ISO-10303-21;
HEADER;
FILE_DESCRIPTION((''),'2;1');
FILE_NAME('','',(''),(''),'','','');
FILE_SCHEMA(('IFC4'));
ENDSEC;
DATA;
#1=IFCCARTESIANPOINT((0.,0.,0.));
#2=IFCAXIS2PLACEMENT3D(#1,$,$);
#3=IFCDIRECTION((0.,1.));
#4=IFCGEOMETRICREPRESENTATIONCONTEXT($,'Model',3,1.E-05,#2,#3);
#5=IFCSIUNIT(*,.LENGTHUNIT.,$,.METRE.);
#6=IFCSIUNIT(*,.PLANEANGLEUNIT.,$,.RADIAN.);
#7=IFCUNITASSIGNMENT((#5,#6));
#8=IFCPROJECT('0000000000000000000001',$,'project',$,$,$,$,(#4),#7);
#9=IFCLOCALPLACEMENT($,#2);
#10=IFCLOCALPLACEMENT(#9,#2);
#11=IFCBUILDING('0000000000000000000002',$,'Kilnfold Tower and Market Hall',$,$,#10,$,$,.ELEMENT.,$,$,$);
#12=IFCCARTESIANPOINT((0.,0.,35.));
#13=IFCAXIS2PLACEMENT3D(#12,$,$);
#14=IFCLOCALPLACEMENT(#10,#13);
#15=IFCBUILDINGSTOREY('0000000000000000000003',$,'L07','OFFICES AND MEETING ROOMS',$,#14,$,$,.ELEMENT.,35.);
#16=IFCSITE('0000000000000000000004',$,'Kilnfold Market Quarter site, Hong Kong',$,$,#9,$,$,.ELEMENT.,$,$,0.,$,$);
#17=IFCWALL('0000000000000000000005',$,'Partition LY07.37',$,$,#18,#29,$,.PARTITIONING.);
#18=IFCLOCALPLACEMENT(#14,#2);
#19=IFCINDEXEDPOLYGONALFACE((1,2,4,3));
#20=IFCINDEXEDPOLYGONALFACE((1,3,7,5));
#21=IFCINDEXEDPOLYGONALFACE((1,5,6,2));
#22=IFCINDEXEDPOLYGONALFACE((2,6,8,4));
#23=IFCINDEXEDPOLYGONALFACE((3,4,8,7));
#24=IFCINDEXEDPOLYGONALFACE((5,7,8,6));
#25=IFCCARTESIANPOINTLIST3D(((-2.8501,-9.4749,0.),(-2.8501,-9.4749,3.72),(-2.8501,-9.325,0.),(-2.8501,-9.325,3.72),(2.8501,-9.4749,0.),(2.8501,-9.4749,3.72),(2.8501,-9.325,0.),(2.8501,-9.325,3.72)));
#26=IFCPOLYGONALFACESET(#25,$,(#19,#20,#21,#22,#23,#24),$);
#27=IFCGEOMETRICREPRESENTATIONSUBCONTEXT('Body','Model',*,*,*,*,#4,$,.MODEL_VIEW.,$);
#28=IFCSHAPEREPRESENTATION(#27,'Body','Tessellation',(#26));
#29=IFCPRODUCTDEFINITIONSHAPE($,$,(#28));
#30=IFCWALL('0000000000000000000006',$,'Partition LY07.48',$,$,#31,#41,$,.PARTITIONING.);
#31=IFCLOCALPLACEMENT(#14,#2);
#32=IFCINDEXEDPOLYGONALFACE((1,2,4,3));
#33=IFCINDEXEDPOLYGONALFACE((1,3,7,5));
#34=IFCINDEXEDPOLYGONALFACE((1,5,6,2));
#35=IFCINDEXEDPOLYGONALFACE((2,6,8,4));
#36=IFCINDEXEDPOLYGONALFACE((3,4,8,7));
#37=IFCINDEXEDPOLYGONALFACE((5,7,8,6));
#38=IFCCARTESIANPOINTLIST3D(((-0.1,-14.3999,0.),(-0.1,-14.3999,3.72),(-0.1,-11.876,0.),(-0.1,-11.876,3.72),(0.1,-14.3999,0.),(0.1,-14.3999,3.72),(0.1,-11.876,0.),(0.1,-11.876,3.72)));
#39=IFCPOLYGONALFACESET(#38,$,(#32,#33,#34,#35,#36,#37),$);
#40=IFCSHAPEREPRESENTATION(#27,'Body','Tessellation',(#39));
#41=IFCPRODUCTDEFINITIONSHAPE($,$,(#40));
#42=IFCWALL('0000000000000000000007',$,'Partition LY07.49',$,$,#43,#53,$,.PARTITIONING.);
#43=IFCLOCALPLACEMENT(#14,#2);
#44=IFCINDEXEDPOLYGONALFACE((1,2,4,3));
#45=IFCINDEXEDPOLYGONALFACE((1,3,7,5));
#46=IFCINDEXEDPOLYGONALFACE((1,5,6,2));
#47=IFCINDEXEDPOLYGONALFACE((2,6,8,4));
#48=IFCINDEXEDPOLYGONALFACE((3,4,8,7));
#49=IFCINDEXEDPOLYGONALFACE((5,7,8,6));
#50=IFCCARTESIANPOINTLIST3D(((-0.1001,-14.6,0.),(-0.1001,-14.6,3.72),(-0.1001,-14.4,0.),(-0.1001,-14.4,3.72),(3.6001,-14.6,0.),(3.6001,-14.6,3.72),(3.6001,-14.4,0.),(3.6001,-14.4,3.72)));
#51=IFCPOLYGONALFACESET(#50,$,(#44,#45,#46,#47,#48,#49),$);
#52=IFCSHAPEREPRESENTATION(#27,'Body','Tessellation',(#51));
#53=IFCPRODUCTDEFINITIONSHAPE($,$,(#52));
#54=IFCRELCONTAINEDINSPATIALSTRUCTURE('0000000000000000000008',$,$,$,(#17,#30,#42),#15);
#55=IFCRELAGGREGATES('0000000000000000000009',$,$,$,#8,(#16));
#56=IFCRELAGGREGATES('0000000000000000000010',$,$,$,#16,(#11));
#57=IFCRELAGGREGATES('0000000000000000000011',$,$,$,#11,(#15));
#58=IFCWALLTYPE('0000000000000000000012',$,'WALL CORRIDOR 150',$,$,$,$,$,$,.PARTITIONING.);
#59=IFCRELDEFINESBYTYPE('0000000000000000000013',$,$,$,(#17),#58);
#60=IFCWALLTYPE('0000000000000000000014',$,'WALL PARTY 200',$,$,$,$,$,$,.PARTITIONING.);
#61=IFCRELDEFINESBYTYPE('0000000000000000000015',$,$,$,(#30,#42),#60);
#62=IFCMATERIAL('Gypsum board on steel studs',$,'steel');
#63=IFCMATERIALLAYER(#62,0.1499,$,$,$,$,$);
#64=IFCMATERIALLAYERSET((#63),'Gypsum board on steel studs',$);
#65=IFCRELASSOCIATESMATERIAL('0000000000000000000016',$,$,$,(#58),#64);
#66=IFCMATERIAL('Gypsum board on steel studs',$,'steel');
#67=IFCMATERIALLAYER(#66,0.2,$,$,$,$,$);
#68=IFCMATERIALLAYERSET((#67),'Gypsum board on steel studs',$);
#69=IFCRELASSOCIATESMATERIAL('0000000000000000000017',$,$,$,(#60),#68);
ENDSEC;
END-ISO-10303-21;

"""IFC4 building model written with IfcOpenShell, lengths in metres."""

from ifc_helpers import new_model, si_unit, direction, frame, frame_2d, origin, place, context, subcontext, project, spatial, rectangle, extrude, material, layer, layer_set, type_object, element, save


model = new_model("IFC4")

# Units and contexts
model_context = context("Model", 3, precision=1e-05, world=origin(), true_north=direction((0.0, 1.0)))
body_context = subcontext(model_context, "Body", "Model", "MODEL_VIEW")
ifc_project = project(units=[si_unit("LENGTHUNIT", "METRE"), si_unit("PLANEANGLEUNIT", "RADIAN")], contexts=[model_context])

# Site, building, storey
site_placement = place(None, origin())
site = spatial("IfcSite", under=ifc_project, at=site_placement, Name="Kilnfold Market Quarter site, Hong Kong", CompositionType="ELEMENT", RefElevation=0.0)
building_placement = place(site_placement, origin())
building = spatial("IfcBuilding", under=site, at=building_placement, Name="Kilnfold Tower and Market Hall", CompositionType="ELEMENT")
storey_placement = place(building_placement, frame((0.0, 0.0, 35.0)))
storey = spatial("IfcBuildingStorey", under=building, at=storey_placement, Name="L07", Description="OFFICES AND MEETING ROOMS", CompositionType="ELEMENT", Elevation=35.0)

# Shared definitions
ifc_material_1 = material(Name="Gypsum board on steel studs", Category="steel")
ifc_layer_1 = layer(ifc_material_1, 0.1499)
ifc_layer_set_1 = layer_set([ifc_layer_1], Name="Gypsum board on steel studs")
wall_type_1 = type_object("IfcWallType", Name="WALL CORRIDOR 150", PredefinedType="PARTITIONING", material=ifc_layer_set_1)

# Walls
wall_1_placement = place(storey_placement, frame((-2.8501, -9.3999, 0.0), z_axis=(0.0, 0.0, 1.0), x_axis=(1.0, 0.0, 0.0)))
element("IfcWall", 1, at=wall_1_placement, inside=storey, type_object=wall_type_1, Name="Partition LY07.37", PredefinedType="PARTITIONING", context=body_context, shape_type="SweptSolid", body=[
    extrude(rectangle(XDim=5.7002, YDim=0.1499, at=frame_2d((2.8501, 0.0))), origin(), (0.0, 0.0, 1.0), 3.72),
])
ifc_material_2 = material(Name="Gypsum board on steel studs", Category="steel")
ifc_layer_2 = layer(ifc_material_2, 0.2)
ifc_layer_set_2 = layer_set([ifc_layer_2], Name="Gypsum board on steel studs")
wall_type_2 = type_object("IfcWallType", Name="WALL PARTY 200", PredefinedType="PARTITIONING", material=ifc_layer_set_2)
wall_2_placement = place(storey_placement, frame((0.0, -14.3999, 0.0), z_axis=(0.0, 0.0, 1.0), x_axis=(0.0, 1.0, 0.0)))
element("IfcWall", 2, at=wall_2_placement, inside=storey, type_object=wall_type_2, Name="Partition LY07.48", PredefinedType="PARTITIONING", context=body_context, shape_type="SweptSolid", body=[
    extrude(rectangle(XDim=2.5239, YDim=0.2, at=frame_2d((1.262, 0.0))), origin(), (0.0, 0.0, 1.0), 3.72),
])
wall_3_placement = place(storey_placement, frame((-0.1001, -14.5, 0.0), z_axis=(0.0, 0.0, 1.0), x_axis=(1.0, 0.0, 0.0)))
element("IfcWall", 3, at=wall_3_placement, inside=storey, type_object=wall_type_2, Name="Partition LY07.49", PredefinedType="PARTITIONING", context=body_context, shape_type="SweptSolid", body=[
    extrude(rectangle(XDim=3.7002, YDim=0.2, at=frame_2d((1.8501, 0.0))), origin(), (0.0, 0.0, 1.0), 3.72),
])

save(model, "model.ifc")
